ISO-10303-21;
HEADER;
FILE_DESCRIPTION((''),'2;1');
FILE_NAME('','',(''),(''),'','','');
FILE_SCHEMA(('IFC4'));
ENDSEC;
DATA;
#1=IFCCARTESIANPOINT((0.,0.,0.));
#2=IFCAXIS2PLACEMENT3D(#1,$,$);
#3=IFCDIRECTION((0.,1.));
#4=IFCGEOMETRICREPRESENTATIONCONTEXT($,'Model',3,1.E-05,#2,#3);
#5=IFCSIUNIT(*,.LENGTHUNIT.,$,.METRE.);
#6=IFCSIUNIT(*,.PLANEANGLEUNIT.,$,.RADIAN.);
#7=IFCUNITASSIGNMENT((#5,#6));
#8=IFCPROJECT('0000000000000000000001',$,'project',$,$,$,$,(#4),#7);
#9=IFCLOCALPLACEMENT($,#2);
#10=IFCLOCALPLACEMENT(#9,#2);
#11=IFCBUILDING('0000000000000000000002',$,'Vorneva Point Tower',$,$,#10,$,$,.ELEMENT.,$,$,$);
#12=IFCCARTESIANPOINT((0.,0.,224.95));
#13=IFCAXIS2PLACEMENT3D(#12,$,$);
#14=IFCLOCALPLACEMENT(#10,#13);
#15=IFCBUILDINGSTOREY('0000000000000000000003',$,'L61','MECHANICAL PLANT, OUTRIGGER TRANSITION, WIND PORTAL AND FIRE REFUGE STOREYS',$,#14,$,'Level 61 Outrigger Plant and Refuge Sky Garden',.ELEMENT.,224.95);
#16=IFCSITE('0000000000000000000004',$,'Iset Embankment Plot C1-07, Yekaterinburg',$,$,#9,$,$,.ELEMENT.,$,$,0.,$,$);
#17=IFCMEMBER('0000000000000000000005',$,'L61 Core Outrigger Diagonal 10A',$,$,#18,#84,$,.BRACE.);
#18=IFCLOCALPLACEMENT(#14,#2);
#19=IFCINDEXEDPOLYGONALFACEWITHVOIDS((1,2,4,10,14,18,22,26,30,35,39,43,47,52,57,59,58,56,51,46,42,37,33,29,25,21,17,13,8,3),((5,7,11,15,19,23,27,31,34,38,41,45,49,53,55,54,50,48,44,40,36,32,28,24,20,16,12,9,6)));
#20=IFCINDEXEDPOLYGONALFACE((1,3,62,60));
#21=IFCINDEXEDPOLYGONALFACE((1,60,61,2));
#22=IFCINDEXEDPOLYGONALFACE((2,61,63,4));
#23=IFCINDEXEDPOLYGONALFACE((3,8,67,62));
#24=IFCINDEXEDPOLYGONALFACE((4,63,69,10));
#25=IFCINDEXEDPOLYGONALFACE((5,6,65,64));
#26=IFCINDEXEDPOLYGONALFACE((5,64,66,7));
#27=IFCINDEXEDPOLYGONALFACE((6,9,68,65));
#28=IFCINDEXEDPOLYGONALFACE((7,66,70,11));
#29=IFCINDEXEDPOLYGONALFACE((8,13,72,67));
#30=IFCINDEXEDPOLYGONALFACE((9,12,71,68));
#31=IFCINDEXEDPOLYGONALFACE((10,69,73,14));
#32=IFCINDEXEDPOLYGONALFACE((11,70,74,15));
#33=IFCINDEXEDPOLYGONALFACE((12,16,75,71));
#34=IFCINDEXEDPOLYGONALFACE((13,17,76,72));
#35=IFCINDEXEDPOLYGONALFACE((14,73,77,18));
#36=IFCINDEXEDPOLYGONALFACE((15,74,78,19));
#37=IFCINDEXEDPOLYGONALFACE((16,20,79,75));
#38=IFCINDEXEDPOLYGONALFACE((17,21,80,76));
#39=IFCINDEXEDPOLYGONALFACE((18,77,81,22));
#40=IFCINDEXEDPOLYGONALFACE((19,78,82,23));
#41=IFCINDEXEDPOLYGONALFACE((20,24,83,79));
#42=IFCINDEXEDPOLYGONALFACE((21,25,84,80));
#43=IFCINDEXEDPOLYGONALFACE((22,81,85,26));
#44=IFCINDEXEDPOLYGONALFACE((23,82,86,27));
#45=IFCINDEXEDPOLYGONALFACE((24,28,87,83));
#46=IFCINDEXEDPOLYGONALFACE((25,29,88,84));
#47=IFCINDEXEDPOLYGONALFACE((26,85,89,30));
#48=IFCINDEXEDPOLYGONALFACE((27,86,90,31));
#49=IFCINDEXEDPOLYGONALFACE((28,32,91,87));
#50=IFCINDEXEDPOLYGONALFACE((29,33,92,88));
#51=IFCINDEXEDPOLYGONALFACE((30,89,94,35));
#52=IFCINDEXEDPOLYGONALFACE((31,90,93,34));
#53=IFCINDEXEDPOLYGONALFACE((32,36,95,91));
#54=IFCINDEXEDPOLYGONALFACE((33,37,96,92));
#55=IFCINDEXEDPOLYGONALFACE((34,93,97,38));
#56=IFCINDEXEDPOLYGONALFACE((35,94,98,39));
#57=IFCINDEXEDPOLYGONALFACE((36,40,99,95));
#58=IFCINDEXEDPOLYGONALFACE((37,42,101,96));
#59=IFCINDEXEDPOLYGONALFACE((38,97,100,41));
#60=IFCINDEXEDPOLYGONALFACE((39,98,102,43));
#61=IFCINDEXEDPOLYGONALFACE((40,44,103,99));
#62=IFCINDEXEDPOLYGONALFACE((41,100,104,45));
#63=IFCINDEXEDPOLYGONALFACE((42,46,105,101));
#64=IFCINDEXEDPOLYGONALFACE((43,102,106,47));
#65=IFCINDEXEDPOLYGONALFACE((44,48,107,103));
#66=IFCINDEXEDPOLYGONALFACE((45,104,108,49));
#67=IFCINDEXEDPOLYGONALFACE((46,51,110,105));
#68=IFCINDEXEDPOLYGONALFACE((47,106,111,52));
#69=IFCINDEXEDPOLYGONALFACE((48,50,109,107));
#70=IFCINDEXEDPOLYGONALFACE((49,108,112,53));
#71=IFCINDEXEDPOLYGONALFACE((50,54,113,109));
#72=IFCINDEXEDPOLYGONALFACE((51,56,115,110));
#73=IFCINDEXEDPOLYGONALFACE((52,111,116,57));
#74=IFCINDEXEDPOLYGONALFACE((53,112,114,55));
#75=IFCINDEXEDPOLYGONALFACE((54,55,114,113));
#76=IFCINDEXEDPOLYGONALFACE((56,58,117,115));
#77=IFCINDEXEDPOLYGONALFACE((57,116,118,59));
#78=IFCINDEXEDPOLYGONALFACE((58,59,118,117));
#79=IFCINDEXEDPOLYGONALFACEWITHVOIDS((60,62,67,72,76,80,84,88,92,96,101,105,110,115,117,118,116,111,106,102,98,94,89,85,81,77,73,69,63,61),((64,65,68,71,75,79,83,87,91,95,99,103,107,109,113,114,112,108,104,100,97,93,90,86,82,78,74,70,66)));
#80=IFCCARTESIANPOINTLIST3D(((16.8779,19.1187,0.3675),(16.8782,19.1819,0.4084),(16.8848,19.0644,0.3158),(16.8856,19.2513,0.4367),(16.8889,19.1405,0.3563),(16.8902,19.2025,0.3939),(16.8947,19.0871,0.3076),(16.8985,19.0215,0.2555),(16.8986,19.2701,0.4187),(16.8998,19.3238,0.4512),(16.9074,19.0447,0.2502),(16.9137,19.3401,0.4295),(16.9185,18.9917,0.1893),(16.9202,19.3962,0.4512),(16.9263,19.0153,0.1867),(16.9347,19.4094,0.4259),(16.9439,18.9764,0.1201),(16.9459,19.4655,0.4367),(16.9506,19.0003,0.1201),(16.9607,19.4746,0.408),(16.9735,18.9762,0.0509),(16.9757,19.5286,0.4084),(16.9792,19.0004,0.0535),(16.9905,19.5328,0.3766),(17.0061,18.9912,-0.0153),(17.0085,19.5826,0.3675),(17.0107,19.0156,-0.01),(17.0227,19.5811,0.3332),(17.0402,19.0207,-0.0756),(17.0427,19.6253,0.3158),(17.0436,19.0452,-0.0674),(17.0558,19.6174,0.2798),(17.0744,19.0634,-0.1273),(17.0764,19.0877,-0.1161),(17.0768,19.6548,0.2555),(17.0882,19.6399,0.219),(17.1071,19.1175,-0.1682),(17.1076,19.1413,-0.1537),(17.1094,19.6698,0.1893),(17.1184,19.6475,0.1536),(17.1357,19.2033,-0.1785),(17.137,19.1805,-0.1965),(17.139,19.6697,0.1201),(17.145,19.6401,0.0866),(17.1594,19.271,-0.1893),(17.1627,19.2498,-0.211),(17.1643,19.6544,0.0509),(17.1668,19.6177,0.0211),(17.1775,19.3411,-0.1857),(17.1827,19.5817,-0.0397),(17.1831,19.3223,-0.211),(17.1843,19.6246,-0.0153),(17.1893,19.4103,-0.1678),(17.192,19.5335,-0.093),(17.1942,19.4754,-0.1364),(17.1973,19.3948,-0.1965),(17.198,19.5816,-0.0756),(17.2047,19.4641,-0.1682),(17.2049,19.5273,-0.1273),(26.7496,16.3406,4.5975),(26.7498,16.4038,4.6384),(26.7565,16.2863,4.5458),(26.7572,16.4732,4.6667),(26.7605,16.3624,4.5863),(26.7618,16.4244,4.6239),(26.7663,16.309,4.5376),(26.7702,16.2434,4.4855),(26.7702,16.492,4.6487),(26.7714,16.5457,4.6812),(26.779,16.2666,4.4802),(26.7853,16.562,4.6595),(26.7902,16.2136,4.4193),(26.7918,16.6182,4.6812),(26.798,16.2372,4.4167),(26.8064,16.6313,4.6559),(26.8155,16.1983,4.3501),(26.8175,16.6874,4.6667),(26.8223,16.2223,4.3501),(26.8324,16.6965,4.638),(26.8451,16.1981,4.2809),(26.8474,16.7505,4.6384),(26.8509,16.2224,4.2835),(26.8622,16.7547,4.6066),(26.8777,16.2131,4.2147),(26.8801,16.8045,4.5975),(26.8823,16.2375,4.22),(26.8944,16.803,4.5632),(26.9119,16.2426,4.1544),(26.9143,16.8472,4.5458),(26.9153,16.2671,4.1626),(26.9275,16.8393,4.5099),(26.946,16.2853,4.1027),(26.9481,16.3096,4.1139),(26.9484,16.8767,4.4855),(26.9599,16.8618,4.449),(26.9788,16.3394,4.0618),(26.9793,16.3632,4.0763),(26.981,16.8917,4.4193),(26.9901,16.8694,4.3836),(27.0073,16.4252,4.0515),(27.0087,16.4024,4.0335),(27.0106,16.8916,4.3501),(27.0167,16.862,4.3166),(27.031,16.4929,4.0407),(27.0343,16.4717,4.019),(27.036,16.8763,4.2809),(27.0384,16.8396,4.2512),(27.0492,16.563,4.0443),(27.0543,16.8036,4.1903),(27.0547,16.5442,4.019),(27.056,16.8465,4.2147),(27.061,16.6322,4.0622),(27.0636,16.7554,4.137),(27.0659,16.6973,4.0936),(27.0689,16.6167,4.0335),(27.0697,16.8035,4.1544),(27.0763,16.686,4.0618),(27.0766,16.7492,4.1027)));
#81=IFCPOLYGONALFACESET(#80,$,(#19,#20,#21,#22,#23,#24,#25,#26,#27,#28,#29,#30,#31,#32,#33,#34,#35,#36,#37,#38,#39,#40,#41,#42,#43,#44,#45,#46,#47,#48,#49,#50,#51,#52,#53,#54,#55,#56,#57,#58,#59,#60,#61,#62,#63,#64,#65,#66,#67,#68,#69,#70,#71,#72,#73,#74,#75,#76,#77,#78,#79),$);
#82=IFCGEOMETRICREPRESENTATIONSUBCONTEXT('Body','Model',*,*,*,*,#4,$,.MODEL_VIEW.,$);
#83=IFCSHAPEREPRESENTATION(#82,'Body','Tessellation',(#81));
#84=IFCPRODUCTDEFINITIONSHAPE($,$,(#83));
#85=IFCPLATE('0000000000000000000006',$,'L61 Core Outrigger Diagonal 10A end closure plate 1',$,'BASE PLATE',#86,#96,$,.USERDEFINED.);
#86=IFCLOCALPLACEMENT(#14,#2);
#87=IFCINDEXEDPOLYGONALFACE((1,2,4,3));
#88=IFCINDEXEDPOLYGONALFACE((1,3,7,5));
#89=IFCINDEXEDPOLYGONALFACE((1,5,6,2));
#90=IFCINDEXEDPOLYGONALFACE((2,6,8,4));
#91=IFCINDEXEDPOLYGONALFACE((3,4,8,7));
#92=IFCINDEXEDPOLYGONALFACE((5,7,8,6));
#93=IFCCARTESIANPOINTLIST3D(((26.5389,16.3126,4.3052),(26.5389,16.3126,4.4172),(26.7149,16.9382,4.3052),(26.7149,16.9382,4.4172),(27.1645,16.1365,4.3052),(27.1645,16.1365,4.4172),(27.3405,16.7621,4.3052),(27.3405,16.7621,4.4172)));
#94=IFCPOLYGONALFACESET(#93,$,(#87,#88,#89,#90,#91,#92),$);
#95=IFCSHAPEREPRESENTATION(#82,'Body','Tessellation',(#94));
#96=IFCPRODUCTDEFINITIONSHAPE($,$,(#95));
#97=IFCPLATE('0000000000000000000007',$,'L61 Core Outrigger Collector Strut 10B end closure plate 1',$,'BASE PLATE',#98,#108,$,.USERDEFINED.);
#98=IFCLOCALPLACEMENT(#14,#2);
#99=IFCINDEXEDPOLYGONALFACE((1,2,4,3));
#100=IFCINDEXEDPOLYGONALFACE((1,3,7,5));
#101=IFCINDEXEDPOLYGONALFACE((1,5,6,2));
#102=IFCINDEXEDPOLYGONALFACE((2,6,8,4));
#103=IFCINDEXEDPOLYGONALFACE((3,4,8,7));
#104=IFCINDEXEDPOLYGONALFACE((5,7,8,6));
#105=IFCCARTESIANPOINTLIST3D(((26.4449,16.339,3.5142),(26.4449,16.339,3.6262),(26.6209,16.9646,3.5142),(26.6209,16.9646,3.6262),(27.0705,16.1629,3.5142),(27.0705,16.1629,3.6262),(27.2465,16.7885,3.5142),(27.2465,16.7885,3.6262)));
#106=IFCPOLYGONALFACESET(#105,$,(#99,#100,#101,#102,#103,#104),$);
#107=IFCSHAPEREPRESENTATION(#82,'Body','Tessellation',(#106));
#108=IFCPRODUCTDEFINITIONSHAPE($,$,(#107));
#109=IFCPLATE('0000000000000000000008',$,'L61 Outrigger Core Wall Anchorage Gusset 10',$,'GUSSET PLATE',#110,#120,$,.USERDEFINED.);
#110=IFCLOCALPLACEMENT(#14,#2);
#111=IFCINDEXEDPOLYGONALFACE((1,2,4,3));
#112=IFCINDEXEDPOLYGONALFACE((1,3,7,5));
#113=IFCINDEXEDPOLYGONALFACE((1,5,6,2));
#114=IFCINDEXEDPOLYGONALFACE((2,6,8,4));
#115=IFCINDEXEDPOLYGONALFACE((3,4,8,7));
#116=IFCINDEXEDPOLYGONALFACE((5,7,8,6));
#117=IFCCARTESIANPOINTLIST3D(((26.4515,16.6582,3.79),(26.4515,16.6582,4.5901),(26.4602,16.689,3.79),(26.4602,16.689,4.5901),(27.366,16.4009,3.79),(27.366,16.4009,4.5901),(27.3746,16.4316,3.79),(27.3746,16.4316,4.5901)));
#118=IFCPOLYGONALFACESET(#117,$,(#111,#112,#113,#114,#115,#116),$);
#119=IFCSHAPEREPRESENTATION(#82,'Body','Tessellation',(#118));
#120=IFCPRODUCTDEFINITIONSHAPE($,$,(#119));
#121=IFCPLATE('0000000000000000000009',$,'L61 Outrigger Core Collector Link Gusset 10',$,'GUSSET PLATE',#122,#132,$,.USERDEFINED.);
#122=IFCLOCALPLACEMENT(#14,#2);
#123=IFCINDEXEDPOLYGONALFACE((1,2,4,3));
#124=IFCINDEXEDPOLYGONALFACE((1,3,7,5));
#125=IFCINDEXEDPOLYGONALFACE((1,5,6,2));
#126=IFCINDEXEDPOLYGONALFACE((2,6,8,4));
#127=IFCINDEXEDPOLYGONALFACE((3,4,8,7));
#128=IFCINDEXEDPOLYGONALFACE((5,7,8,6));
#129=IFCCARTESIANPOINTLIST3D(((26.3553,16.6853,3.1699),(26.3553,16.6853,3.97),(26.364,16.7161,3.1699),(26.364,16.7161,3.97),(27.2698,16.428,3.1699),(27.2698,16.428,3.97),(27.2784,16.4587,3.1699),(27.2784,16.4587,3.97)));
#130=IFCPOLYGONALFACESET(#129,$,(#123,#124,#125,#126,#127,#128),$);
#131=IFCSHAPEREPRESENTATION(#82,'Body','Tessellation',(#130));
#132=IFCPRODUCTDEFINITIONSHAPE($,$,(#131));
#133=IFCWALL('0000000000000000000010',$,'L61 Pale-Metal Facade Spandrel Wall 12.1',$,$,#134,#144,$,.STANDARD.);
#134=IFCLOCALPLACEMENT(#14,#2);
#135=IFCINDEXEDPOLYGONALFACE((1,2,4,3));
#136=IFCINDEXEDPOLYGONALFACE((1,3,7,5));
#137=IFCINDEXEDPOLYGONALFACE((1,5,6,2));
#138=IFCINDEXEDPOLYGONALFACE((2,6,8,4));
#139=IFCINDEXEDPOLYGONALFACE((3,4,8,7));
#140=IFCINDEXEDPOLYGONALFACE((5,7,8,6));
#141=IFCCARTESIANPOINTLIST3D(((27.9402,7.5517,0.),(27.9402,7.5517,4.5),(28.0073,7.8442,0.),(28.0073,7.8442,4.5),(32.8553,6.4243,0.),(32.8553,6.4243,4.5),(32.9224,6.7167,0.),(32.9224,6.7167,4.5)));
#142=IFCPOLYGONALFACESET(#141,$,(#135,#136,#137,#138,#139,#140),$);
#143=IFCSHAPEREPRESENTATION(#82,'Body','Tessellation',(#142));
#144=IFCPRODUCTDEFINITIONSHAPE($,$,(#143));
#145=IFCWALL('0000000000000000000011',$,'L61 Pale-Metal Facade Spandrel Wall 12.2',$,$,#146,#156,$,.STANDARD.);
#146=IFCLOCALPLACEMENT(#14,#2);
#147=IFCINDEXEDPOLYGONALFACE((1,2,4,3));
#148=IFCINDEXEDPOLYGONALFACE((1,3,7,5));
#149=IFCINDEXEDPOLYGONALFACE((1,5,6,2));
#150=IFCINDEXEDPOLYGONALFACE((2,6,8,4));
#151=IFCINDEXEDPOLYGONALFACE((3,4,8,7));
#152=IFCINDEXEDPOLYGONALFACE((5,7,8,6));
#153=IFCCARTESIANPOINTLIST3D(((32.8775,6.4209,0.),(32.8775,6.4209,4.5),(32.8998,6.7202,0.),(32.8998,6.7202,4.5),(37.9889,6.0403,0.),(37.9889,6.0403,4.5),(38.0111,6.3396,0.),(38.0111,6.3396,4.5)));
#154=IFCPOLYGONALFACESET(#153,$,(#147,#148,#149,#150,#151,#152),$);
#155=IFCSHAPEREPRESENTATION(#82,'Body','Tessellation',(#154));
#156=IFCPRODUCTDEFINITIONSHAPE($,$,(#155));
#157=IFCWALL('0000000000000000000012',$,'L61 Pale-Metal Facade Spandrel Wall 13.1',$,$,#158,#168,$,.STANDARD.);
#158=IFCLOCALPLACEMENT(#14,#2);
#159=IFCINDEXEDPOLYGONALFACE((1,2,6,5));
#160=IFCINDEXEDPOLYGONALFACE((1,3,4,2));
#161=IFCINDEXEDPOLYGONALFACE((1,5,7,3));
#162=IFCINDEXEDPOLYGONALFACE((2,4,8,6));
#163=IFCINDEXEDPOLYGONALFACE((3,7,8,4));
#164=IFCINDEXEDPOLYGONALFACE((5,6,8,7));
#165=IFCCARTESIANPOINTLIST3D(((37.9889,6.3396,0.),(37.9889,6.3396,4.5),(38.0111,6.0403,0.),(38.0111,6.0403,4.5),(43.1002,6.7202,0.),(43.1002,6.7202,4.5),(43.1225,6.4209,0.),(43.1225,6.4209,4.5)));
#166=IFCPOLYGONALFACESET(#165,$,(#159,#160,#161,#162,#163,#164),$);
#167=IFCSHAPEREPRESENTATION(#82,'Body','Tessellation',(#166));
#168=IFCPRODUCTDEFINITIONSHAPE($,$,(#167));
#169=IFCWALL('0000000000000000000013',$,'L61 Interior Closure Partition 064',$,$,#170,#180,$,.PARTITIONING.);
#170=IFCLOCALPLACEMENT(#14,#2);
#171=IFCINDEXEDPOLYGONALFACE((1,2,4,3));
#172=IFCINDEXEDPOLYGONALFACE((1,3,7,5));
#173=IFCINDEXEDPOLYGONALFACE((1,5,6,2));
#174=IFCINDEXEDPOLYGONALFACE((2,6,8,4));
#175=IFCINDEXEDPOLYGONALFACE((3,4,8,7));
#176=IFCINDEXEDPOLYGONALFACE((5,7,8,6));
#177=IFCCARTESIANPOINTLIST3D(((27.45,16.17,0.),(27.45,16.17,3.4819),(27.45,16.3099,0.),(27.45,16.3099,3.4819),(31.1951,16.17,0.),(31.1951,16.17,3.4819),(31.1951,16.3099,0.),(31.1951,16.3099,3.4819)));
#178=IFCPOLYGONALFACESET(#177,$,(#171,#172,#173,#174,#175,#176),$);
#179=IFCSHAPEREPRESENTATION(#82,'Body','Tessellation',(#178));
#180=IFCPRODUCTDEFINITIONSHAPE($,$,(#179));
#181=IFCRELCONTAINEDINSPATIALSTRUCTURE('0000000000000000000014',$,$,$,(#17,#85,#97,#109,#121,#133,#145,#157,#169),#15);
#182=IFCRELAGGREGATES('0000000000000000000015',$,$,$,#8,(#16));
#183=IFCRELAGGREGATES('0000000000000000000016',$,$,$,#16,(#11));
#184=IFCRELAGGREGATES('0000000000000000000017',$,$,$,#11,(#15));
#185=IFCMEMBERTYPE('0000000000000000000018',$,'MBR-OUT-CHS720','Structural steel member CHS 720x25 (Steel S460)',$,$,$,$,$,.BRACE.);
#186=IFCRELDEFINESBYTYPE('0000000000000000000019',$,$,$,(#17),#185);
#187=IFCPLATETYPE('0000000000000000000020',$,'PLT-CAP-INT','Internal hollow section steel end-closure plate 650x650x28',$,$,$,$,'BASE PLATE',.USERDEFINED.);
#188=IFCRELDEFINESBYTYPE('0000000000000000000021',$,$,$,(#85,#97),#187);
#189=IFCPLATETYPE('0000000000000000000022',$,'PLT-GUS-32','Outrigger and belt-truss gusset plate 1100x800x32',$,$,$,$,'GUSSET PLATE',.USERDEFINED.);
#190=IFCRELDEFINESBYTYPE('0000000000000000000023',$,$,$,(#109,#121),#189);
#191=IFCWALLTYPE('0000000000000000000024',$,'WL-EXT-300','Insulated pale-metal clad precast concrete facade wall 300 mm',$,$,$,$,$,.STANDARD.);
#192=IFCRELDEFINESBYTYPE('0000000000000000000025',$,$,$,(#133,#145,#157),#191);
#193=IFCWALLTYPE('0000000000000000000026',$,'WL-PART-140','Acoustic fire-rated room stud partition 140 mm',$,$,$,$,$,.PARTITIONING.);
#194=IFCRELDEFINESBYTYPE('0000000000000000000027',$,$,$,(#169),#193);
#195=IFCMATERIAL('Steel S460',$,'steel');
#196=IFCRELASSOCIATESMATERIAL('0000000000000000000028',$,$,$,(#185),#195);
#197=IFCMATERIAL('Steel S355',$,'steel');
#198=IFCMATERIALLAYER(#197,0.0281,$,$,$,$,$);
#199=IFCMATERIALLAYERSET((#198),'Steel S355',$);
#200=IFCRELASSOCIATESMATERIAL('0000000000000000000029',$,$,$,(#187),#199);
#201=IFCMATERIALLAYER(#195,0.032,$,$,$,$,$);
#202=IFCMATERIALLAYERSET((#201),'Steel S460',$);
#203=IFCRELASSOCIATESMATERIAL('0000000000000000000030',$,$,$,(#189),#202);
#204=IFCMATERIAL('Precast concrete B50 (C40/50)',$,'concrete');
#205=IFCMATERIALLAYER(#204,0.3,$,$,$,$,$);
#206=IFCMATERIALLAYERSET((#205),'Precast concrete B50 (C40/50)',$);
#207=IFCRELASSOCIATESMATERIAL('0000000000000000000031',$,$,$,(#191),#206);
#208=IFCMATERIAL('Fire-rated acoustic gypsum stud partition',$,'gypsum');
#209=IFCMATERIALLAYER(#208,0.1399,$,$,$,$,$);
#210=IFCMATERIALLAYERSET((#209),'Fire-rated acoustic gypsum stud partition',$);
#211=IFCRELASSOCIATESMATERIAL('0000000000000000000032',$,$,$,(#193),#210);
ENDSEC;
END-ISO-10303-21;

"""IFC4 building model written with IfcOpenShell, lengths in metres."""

from ifc_helpers import new_model, si_unit, direction, frame, frame_2d, origin, origin_2d, place, context, subcontext, project, spatial, rectangle, hollow_circle, extrude, material, layer, layer_set, material_profile, profile_set, type_object, element, save


model = new_model("IFC4")

# Units and contexts
model_context = context("Model", 3, precision=1e-05, world=origin(), true_north=direction((0.0, 1.0)))
body_context = subcontext(model_context, "Body", "Model", "MODEL_VIEW")
ifc_project = project(units=[si_unit("LENGTHUNIT", "METRE"), si_unit("PLANEANGLEUNIT", "RADIAN")], contexts=[model_context])

# Site, building, storey
site_placement = place(None, origin())
site = spatial("IfcSite", under=ifc_project, at=site_placement, Name="Iset Embankment Plot C1-07, Yekaterinburg", CompositionType="ELEMENT", RefElevation=0.0)
building_placement = place(site_placement, origin())
building = spatial("IfcBuilding", under=site, at=building_placement, Name="Vorneva Point Tower", CompositionType="ELEMENT")
storey_placement = place(building_placement, frame((0.0, 0.0, 224.95)))
storey = spatial("IfcBuildingStorey", under=building, at=storey_placement, Name="L61", Description="MECHANICAL PLANT, OUTRIGGER TRANSITION, WIND PORTAL AND FIRE REFUGE STOREYS", LongName="Level 61 Outrigger Plant and Refuge Sky Garden", CompositionType="ELEMENT", Elevation=224.95)

# Shared definitions
ifc_material_1 = material(Name="Steel S460", Category="steel")
ifc_material_2 = material(Name="Steel S355", Category="steel")

# Member
ifc_material_profile_1 = material_profile(ifc_material_1, hollow_circle(Radius=0.3601, WallThickness=0.0249, at=origin_2d()), Name="CHS 720x25")
ifc_profile_set_1 = profile_set([ifc_material_profile_1], Name="Steel S460")
member_type = type_object("IfcMemberType", Name="MBR-OUT-CHS720", Description="Structural steel member CHS 720x25 (Steel S460)", PredefinedType="BRACE", material=ifc_profile_set_1)
member_placement = place(storey_placement, frame((26.9131, 16.5449, 4.3501), z_axis=(-0.889879, 0.250431, -0.381314), x_axis=(-0.270899, -0.962608, 0.0)))
element("IfcMember", 1, at=member_placement, inside=storey, type_object=member_type, Name="L61 Core Outrigger Diagonal 10A", PredefinedType="BRACE", context=body_context, shape_type="SweptSolid", body=[
    extrude(hollow_circle(Radius=0.3601, WallThickness=0.0249, at=origin_2d()), origin(), (0.0, 0.0, 1.0), 11.0933),
])

# Plates
ifc_layer_1 = layer(ifc_material_2, 0.0281)
ifc_layer_set_1 = layer_set([ifc_layer_1], Name="Steel S355")
plate_type_1 = type_object("IfcPlateType", Name="PLT-CAP-INT", Description="Internal hollow section steel end-closure plate 650x650x28", ElementType="BASE PLATE", PredefinedType="USERDEFINED", material=ifc_layer_set_1)
for number, where, z_axis, x_axis, name in (
    (2, (26.9397, 16.5374, 4.3052), (0.0, 0.0, 1.0), (-0.962607, 0.270903, 0.0), "L61 Core Outrigger Diagonal 10A end closure plate 1"),
    (3, (26.8457, 16.5637, 3.5142), (0.0, 0.0, 1.0), (-0.962607, 0.270903, 0.0), "L61 Core Outrigger Collector Strut 10B end closure plate 1"),
):
    element("IfcPlate", number, at=place(storey_placement, frame(where, z_axis=z_axis, x_axis=x_axis)), inside=storey, type_object=plate_type_1, Name=name, ObjectType="BASE PLATE", PredefinedType="USERDEFINED", context=body_context, shape_type="SweptSolid", body=[
        extrude(rectangle(XDim=0.6499, YDim=0.6499, at=origin_2d()), origin(), (0.0, 0.0, 1.0), 0.1121),
    ])
ifc_layer_2 = layer(ifc_material_1, 0.032)
ifc_layer_set_2 = layer_set([ifc_layer_2], Name="Steel S460")
plate_type_2 = type_object("IfcPlateType", Name="PLT-GUS-32", Description="Outrigger and belt-truss gusset plate 1100x800x32", ElementType="GUSSET PLATE", PredefinedType="USERDEFINED", material=ifc_layer_set_2)
for number, where, z_axis, x_axis, name in (
    (4, (26.9131, 16.5449, 3.79), (0.0, 0.0, 1.0), (-0.962607, 0.270903, 0.0), "L61 Outrigger Core Wall Anchorage Gusset 10"),
    (5, (26.8169, 16.572, 3.1699), (0.0, 0.0, 1.0), (-0.962607, 0.270903, 0.0), "L61 Outrigger Core Collector Link Gusset 10"),
):
    element("IfcPlate", number, at=place(storey_placement, frame(where, z_axis=z_axis, x_axis=x_axis)), inside=storey, type_object=plate_type_2, Name=name, ObjectType="GUSSET PLATE", PredefinedType="USERDEFINED", context=body_context, shape_type="SweptSolid", body=[
        extrude(rectangle(XDim=0.95, YDim=0.032, at=origin_2d()), origin(), (0.0, 0.0, 1.0), 0.8),
    ])

# Walls
ifc_material_3 = material(Name="Precast concrete B50 (C40/50)", Category="concrete")
ifc_layer_3 = layer(ifc_material_3, 0.3)
ifc_layer_set_3 = layer_set([ifc_layer_3], Name="Precast concrete B50 (C40/50)")
wall_type_1 = type_object("IfcWallType", Name="WL-EXT-300", Description="Insulated pale-metal clad precast concrete facade wall 300 mm", PredefinedType="STANDARD", material=ifc_layer_set_3)
wall_1_placement = place(storey_placement, frame((27.9736, 7.698, 0.0), z_axis=(0.0, 0.0, 1.0), x_axis=(0.974686, -0.223579, 0.0)))
element("IfcWall", 6, at=wall_1_placement, inside=storey, type_object=wall_type_1, Name="L61 Pale-Metal Facade Spandrel Wall 12.1", PredefinedType="STANDARD", context=body_context, shape_type="SweptSolid", body=[
    extrude(rectangle(XDim=5.0427, YDim=0.3, at=frame_2d((2.5215, 0.0))), origin(), (0.0, 0.0, 1.0), 4.5),
])
for number, where, z_axis, x_axis, name in (
    (7, (32.8887, 6.5706, 0.0), (0.0, 0.0, 1.0), (0.997239, -0.074259, 0.0), "L61 Pale-Metal Facade Spandrel Wall 12.2"),
    (8, (38.0, 6.1899, 0.0), (0.0, 0.0, 1.0), (0.997239, 0.074259, 0.0), "L61 Pale-Metal Facade Spandrel Wall 13.1"),
):
    element("IfcWall", number, at=place(storey_placement, frame(where, z_axis=z_axis, x_axis=x_axis)), inside=storey, type_object=wall_type_1, Name=name, PredefinedType="STANDARD", context=body_context, shape_type="SweptSolid", body=[
        extrude(rectangle(XDim=5.1255, YDim=0.3, at=frame_2d((2.5627, 0.0))), origin(), (0.0, 0.0, 1.0), 4.5),
    ])
ifc_material_4 = material(Name="Fire-rated acoustic gypsum stud partition", Category="gypsum")
ifc_layer_4 = layer(ifc_material_4, 0.1399)
ifc_layer_set_4 = layer_set([ifc_layer_4], Name="Fire-rated acoustic gypsum stud partition")
wall_type_2 = type_object("IfcWallType", Name="WL-PART-140", Description="Acoustic fire-rated room stud partition 140 mm", PredefinedType="PARTITIONING", material=ifc_layer_set_4)
wall_2_placement = place(storey_placement, frame((27.45, 16.24, 0.0), z_axis=(0.0, 0.0, 1.0), x_axis=(1.0, 0.0, 0.0)))
element("IfcWall", 9, at=wall_2_placement, inside=storey, type_object=wall_type_2, Name="L61 Interior Closure Partition 064", PredefinedType="PARTITIONING", context=body_context, shape_type="SweptSolid", body=[
    extrude(rectangle(XDim=3.7451, YDim=0.1399, at=frame_2d((1.8726, 0.0))), origin(), (0.0, 0.0, 1.0), 3.4819),
])

save(model, "model.ifc")
